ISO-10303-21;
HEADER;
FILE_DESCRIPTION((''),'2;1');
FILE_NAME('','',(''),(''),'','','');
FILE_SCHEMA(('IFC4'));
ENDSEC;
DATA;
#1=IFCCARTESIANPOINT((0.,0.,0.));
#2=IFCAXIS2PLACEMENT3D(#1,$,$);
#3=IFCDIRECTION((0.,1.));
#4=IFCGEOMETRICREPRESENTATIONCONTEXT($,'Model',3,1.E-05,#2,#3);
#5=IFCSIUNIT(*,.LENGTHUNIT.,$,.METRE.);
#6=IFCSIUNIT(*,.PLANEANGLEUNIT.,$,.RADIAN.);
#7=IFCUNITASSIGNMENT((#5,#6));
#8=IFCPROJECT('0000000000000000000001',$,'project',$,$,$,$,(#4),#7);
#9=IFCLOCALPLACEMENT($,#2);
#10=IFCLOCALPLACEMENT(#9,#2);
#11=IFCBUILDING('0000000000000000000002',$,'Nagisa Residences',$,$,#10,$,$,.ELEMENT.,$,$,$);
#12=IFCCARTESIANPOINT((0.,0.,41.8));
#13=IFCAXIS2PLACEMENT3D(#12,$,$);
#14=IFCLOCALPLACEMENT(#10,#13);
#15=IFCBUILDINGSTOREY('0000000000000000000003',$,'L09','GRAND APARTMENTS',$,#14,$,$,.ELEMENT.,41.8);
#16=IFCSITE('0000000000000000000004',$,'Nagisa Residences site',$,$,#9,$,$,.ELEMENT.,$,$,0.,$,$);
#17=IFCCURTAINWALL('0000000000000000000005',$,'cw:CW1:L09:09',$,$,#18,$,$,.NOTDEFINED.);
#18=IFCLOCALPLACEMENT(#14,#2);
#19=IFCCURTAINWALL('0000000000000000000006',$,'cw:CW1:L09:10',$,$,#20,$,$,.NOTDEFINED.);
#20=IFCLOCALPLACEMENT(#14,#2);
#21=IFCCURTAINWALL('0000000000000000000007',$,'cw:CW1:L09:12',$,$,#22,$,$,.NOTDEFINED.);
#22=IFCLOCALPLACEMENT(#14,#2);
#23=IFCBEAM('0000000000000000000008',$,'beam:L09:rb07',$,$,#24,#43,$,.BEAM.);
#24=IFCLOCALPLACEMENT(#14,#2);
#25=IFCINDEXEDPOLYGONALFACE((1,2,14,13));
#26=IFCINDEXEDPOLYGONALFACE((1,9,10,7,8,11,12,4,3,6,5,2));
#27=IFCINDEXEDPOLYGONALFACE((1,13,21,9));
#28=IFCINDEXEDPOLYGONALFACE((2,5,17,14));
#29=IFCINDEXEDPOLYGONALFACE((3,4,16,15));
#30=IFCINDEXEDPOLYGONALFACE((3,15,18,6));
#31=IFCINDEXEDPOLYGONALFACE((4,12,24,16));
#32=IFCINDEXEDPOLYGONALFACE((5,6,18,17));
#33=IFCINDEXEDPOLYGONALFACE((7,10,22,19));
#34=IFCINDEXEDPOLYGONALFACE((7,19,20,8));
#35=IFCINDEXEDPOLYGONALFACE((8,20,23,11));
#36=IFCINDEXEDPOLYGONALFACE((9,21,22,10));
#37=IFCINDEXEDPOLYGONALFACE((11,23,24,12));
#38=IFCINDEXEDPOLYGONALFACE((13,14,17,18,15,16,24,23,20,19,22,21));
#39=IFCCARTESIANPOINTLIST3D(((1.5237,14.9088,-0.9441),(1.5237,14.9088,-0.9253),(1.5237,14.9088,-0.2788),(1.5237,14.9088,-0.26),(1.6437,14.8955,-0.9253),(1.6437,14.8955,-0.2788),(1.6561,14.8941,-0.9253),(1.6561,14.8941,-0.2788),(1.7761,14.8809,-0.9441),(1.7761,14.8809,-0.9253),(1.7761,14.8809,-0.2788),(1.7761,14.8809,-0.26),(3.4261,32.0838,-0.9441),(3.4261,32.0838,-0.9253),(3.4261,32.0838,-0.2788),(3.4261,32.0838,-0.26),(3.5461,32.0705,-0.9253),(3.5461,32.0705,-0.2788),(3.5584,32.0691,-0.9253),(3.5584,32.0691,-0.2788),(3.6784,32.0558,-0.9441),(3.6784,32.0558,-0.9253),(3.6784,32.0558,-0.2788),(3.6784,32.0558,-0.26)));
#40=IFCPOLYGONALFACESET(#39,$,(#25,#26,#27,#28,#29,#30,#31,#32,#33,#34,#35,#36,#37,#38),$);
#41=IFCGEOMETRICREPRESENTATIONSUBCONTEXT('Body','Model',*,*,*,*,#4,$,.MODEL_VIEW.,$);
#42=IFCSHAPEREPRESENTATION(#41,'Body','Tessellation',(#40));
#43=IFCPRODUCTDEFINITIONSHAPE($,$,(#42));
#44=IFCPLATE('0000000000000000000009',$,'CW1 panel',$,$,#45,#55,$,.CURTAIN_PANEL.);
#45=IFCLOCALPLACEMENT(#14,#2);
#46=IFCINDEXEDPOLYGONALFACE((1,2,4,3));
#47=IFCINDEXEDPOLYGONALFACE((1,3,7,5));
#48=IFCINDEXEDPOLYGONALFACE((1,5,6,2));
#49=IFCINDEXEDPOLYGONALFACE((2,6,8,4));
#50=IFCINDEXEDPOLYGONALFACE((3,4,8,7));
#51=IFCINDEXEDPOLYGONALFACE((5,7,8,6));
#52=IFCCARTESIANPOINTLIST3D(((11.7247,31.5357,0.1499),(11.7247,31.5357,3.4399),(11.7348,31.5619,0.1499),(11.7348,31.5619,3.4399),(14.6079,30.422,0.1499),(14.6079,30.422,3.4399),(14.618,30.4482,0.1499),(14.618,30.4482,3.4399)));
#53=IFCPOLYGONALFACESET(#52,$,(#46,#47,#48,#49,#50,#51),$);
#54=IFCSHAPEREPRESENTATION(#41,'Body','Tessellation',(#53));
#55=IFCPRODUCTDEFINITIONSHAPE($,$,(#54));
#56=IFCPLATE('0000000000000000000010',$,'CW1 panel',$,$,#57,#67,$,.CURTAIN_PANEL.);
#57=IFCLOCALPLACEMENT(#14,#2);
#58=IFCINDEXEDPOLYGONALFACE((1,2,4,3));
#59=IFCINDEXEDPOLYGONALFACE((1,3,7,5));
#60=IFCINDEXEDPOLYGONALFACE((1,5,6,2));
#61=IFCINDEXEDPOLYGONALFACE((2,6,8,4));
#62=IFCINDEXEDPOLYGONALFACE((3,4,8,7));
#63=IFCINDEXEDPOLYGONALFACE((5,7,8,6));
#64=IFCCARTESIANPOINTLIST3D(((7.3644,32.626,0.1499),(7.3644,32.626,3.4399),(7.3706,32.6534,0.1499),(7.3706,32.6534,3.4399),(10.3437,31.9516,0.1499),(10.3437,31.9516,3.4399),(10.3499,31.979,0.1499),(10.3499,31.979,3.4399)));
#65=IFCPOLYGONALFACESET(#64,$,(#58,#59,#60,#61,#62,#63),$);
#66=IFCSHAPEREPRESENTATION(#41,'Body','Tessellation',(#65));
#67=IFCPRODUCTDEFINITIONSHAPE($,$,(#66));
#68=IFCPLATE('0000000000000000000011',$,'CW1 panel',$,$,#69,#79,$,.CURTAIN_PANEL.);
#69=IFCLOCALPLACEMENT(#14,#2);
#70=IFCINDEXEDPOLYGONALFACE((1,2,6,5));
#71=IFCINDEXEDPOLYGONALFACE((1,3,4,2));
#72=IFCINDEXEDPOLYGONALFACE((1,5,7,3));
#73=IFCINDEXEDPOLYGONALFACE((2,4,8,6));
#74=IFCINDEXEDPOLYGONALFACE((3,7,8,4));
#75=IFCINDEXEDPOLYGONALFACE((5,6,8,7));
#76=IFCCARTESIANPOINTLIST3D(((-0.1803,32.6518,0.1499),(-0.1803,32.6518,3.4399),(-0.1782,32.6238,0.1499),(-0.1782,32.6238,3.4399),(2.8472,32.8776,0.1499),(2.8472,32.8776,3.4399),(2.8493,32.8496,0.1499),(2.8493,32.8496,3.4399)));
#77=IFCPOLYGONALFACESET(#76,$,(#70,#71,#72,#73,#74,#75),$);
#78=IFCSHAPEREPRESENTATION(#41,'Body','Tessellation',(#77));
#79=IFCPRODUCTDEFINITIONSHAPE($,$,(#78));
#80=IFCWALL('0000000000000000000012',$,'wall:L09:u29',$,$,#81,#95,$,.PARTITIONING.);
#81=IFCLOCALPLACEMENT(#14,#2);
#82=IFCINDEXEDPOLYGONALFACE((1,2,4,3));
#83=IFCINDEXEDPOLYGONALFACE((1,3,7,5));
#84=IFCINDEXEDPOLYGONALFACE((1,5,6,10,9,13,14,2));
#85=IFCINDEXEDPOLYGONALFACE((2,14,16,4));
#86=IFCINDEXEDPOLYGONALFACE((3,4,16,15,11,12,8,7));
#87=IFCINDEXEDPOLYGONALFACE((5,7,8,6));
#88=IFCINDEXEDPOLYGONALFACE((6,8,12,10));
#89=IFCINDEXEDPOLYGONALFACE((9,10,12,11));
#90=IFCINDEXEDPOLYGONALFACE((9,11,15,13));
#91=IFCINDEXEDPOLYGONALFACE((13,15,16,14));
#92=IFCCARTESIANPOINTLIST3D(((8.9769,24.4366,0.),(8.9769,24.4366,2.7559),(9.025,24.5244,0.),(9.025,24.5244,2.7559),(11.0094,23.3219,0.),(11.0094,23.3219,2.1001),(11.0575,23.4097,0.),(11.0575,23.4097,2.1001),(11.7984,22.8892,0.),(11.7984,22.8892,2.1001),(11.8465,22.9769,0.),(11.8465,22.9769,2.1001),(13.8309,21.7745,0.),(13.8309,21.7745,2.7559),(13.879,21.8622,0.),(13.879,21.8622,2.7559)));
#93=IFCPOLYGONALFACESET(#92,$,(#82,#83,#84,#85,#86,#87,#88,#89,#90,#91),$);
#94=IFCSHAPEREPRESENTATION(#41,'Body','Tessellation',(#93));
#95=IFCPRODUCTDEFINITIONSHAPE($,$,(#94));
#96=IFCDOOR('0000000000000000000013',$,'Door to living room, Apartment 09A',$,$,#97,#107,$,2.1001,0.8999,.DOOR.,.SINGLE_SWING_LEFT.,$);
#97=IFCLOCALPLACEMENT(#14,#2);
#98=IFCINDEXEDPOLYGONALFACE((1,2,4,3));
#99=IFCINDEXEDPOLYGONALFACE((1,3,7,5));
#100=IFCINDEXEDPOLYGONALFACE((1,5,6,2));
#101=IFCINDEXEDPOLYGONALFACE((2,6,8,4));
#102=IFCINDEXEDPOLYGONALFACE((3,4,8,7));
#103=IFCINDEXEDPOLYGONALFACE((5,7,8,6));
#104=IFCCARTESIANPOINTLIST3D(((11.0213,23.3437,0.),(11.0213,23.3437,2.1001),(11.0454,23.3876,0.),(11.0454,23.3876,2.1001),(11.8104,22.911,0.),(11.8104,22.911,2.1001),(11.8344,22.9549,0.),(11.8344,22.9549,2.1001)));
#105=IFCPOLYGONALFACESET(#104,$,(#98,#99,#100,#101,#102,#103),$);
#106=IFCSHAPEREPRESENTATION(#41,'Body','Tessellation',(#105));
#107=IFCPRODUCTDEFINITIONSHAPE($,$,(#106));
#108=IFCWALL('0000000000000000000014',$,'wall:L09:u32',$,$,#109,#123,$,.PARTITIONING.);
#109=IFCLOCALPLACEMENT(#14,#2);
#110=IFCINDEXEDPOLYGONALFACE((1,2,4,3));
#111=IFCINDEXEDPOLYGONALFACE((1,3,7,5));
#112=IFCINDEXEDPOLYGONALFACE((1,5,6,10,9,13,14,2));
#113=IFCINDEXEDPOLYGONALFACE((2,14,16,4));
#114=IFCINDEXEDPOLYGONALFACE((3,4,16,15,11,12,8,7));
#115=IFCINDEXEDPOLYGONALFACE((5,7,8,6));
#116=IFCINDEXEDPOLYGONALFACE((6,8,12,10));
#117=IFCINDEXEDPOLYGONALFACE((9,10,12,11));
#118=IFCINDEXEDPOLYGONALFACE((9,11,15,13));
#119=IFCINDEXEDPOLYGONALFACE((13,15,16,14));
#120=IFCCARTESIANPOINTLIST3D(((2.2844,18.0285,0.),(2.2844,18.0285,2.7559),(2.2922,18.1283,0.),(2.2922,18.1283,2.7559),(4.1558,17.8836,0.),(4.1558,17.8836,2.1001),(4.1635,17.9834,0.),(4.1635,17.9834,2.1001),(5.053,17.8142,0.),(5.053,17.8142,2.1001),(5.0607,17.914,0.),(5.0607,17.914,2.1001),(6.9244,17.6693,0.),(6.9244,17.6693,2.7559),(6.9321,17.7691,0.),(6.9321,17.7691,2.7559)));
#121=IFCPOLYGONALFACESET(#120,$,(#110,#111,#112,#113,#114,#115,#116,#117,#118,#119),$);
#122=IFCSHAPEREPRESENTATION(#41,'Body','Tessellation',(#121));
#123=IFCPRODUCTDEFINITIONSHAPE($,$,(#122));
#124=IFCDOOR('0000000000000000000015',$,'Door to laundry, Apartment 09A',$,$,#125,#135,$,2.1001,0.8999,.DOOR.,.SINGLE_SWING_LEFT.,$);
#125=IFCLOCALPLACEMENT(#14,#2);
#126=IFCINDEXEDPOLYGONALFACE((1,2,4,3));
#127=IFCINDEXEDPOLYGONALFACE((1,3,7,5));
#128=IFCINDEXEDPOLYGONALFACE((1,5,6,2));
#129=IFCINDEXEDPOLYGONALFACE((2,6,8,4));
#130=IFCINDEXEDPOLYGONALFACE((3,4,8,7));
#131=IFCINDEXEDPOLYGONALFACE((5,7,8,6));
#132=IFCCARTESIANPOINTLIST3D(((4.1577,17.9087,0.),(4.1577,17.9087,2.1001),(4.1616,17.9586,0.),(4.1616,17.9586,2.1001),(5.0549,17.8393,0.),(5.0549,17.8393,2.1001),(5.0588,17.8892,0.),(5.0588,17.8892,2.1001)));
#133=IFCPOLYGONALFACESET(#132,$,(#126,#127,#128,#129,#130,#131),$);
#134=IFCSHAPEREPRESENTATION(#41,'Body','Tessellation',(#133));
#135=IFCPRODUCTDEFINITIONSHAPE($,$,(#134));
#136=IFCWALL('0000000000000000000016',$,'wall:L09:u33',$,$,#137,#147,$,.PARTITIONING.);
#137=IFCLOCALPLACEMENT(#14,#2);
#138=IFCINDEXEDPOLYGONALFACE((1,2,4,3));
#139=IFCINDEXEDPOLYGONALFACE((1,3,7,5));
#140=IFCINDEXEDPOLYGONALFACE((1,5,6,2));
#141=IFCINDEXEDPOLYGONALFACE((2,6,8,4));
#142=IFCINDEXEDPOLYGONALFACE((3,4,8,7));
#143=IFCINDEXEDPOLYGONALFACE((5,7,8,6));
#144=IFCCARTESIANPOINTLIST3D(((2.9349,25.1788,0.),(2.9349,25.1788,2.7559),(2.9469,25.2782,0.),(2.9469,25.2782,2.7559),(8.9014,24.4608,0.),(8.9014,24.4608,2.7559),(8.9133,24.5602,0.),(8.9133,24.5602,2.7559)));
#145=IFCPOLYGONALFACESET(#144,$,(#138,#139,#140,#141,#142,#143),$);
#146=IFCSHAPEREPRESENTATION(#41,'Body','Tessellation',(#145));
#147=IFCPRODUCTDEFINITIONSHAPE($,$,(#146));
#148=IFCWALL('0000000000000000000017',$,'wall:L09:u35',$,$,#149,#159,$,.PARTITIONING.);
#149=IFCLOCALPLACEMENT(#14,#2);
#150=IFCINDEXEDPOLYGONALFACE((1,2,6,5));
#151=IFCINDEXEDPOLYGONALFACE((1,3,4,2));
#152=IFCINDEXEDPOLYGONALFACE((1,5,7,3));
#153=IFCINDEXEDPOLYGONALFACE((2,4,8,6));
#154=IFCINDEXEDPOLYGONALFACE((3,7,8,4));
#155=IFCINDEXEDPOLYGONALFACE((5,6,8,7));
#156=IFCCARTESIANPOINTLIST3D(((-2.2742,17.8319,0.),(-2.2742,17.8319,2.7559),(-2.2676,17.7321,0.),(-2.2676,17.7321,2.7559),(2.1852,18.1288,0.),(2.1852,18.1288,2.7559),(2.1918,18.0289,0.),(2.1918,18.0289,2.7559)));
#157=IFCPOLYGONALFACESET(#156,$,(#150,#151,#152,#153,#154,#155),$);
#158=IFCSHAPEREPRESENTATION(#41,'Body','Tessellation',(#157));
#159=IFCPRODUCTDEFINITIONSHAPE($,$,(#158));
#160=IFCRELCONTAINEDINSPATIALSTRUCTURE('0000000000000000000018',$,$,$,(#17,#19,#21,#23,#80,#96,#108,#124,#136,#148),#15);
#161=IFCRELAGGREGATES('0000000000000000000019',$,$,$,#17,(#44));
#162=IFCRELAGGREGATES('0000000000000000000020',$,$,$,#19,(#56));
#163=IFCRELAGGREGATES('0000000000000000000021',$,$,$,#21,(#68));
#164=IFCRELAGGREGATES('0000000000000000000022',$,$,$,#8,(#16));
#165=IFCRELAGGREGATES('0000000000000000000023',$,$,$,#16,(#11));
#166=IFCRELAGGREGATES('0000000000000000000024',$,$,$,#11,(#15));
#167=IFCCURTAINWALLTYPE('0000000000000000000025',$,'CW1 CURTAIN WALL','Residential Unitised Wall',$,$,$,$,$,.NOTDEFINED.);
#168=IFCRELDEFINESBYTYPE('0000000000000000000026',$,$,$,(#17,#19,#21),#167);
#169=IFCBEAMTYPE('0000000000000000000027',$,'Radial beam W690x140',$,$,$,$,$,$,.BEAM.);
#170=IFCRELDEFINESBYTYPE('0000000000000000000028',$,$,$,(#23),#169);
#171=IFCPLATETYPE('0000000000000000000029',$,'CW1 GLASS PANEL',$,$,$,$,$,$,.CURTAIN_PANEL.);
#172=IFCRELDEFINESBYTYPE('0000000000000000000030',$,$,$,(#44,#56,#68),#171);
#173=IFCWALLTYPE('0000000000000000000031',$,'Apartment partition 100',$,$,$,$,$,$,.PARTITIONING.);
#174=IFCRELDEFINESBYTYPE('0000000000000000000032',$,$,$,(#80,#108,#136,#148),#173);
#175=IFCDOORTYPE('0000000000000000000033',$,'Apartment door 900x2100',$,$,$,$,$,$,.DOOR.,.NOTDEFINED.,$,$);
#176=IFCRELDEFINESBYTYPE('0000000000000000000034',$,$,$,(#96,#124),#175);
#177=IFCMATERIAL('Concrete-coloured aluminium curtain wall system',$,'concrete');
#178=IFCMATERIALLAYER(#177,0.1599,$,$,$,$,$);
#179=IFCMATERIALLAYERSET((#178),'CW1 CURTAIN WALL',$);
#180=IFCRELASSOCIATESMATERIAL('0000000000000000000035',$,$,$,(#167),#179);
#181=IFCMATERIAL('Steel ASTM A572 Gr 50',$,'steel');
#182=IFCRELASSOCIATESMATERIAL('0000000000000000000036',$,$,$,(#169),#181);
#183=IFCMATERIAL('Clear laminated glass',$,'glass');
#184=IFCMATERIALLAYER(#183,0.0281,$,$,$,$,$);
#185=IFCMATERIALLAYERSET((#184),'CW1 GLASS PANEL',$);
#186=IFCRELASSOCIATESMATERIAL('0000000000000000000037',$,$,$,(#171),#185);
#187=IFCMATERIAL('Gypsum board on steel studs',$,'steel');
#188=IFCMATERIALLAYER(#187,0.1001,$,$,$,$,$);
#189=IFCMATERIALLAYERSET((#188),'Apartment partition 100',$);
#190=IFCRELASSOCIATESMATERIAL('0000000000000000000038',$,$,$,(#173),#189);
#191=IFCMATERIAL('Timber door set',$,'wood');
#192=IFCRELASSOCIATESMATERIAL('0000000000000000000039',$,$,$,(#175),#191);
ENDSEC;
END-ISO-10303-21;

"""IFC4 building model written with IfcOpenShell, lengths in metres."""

from ifc_helpers import new_model, si_unit, direction, frame, frame_2d, origin, origin_2d, place, context, subcontext, project, spatial, rectangle, i_section, extrude, material, layer, layer_set, material_profile, profile_set, type_object, element, fill, aggregate, save


model = new_model("IFC4")

# Units and contexts
model_context = context("Model", 3, precision=1e-05, world=origin(), true_north=direction((0.0, 1.0)))
body_context = subcontext(model_context, "Body", "Model", "MODEL_VIEW")
ifc_project = project(units=[si_unit("LENGTHUNIT", "METRE"), si_unit("PLANEANGLEUNIT", "RADIAN")], contexts=[model_context])

# Site, building, storey
site_placement = place(None, origin())
site = spatial("IfcSite", under=ifc_project, at=site_placement, Name="Nagisa Residences site", CompositionType="ELEMENT", RefElevation=0.0)
building_placement = place(site_placement, origin())
building = spatial("IfcBuilding", under=site, at=building_placement, Name="Nagisa Residences", CompositionType="ELEMENT")
storey_placement = place(building_placement, frame((0.0, 0.0, 41.8)))
storey = spatial("IfcBuildingStorey", under=building, at=storey_placement, Name="L09", Description="GRAND APARTMENTS", CompositionType="ELEMENT", Elevation=41.8)

# Curtain walls
ifc_material_1 = material(Name="Concrete-coloured aluminium curtain wall system", Category="concrete")
ifc_layer_1 = layer(ifc_material_1, 0.1599)
ifc_layer_set_1 = layer_set([ifc_layer_1], Name="CW1 CURTAIN WALL")
curtain_wall_type = type_object("IfcCurtainWallType", Name="CW1 CURTAIN WALL", Description="Residential Unitised Wall", PredefinedType="NOTDEFINED", material=ifc_layer_set_1)
curtain_wall_1_placement = place(storey_placement, origin())
curtain_wall_1 = element("IfcCurtainWall", 1, at=curtain_wall_1_placement, inside=storey, type_object=curtain_wall_type, Name="cw:CW1:L09:09", PredefinedType="NOTDEFINED")
curtain_wall_2_placement = place(storey_placement, origin())
curtain_wall_2 = element("IfcCurtainWall", 2, at=curtain_wall_2_placement, inside=storey, type_object=curtain_wall_type, Name="cw:CW1:L09:10", PredefinedType="NOTDEFINED")
curtain_wall_3_placement = place(storey_placement, origin())
curtain_wall_3 = element("IfcCurtainWall", 3, at=curtain_wall_3_placement, inside=storey, type_object=curtain_wall_type, Name="cw:CW1:L09:12", PredefinedType="NOTDEFINED")

# Beam
ifc_material_2 = material(Name="Steel ASTM A572 Gr 50", Category="steel")
ifc_material_profile_1 = material_profile(ifc_material_2, i_section(OverallWidth=0.2539, OverallDepth=0.6841, WebThickness=0.0125, FlangeThickness=0.0188, at=origin_2d()), Name="W690x140")
ifc_profile_set_1 = profile_set([ifc_material_profile_1], Name="Steel ASTM A572 Gr 50")
beam_type_1 = type_object("IfcBeamType", Name="Radial beam W690x140", PredefinedType="BEAM", material=ifc_profile_set_1)
beam_1_placement = place(storey_placement, frame((3.5522, 32.0698, -0.6021), z_axis=(-0.110089, -0.993922, 0.0), x_axis=(0.993922, -0.110089, 0.0)))
element("IfcBeam", 4, at=beam_1_placement, inside=storey, type_object=beam_type_1, Name="beam:L09:rb07", PredefinedType="BEAM", context=body_context, shape_type="SweptSolid", body=[
    extrude(i_section(OverallWidth=0.2539, OverallDepth=0.6841, WebThickness=0.0125, FlangeThickness=0.0188, at=origin_2d()), origin(), (0.0, 0.0, 1.0), 17.28),
])

# Plates
ifc_material_3 = material(Name="Clear laminated glass", Category="glass")
ifc_layer_2 = layer(ifc_material_3, 0.0281)
ifc_layer_set_2 = layer_set([ifc_layer_2], Name="CW1 GLASS PANEL")
plate_type = type_object("IfcPlateType", Name="CW1 GLASS PANEL", PredefinedType="CURTAIN_PANEL", material=ifc_layer_set_2)
plate_1_placement = place(storey_placement, frame((13.1714, 30.9919, 0.1499), z_axis=(0.0, 0.0, 1.0), x_axis=(-0.932826, 0.360328, 0.0)))
plate_1 = element("IfcPlate", 5, at=plate_1_placement, type_object=plate_type, Name="CW1 panel", PredefinedType="CURTAIN_PANEL", context=body_context, shape_type="SweptSolid", body=[
    extrude(rectangle(XDim=3.0908, YDim=0.0281, at=origin_2d()), origin(), (0.0, 0.0, 1.0), 3.29),
])
aggregate(curtain_wall_1, [plate_1])
plate_2_placement = place(storey_placement, frame((8.8572, 32.3025, 0.1499), z_axis=(0.0, 0.0, 1.0), x_axis=(-0.975327, 0.220764, 0.0)))
plate_2 = element("IfcPlate", 6, at=plate_2_placement, type_object=plate_type, Name="CW1 panel", PredefinedType="CURTAIN_PANEL", context=body_context, shape_type="SweptSolid", body=[
    extrude(rectangle(XDim=3.0547, YDim=0.0281, at=origin_2d()), origin(), (0.0, 0.0, 1.0), 3.29),
])
aggregate(curtain_wall_2, [plate_2])
plate_3_placement = place(storey_placement, frame((1.3345, 32.7507, 0.1499), z_axis=(0.0, 0.0, 1.0), x_axis=(-0.99723, -0.074377, 0.0)))
plate_3 = element("IfcPlate", 7, at=plate_3_placement, type_object=plate_type, Name="CW1 panel", PredefinedType="CURTAIN_PANEL", context=body_context, shape_type="SweptSolid", body=[
    extrude(rectangle(XDim=3.0359, YDim=0.0281, at=origin_2d()), origin(), (0.0, 0.0, 1.0), 3.29),
])
aggregate(curtain_wall_3, [plate_3])

# Walls, openings, doors
ifc_material_4 = material(Name="Gypsum board on steel studs", Category="steel")
ifc_layer_3 = layer(ifc_material_4, 0.1001)
ifc_layer_set_3 = layer_set([ifc_layer_3], Name="Apartment partition 100")
wall_type_1 = type_object("IfcWallType", Name="Apartment partition 100", PredefinedType="PARTITIONING", material=ifc_layer_set_3)
wall_1_placement = place(storey_placement, frame((13.855, 21.8184, 0.0), z_axis=(0.0, 0.0, 1.0), x_axis=(-0.876794, 0.480865, 0.0)))
wall_1 = element("IfcWall", 8, at=wall_1_placement, inside=storey, type_object=wall_type_1, Name="wall:L09:u29", PredefinedType="PARTITIONING", context=body_context, shape_type="SweptSolid", body=[
    extrude(rectangle(XDim=5.5361, YDim=0.1001, at=frame_2d((2.7681, 0.0))), origin(), (0.0, 0.0, 1.0), 2.7559),
])
opening_1_placement = place(wall_1_placement, frame((2.3181, 0.0, 0.0)))
opening_1 = element("IfcOpeningElement", 9, at=opening_1_placement, cuts=wall_1, PredefinedType="OPENING", context=body_context, shape_type="SweptSolid", body=[
    extrude(rectangle(XDim=0.8999, YDim=2.1001, at=frame_2d((0.45, 1.05))), frame((0.0, 0.0601, 0.0), z_axis=(0.0, -1.0, 0.0), x_axis=(1.0, 0.0, 0.0)), (0.0, 0.0, 1.0), 0.1201),
])
ifc_material_5 = material(Name="Timber door set", Category="wood")
door_type_1 = type_object("IfcDoorType", Name="Apartment door 900x2100", OperationType="NOTDEFINED", PredefinedType="DOOR", material=ifc_material_5)
door_1_placement = place(opening_1_placement, frame((0.8999, 0.0, 0.0), x_axis=(-1.0, 0.0, 0.0)))
door_1 = element("IfcDoor", 10, at=door_1_placement, inside=storey, type_object=door_type_1, Name="Door to living room, Apartment 09A", OperationType="SINGLE_SWING_LEFT", OverallHeight=2.1001, OverallWidth=0.8999, PredefinedType="DOOR", context=body_context, shape_type="SweptSolid", body=[
    extrude(rectangle(XDim=0.8999, YDim=2.1001, at=frame_2d((0.45, 1.05))), frame((0.0, 0.0249, 0.0), z_axis=(0.0, -1.0, 0.0), x_axis=(1.0, 0.0, 0.0)), (0.0, 0.0, 1.0), 0.05),
])
fill(opening_1, door_1)
wall_2_placement = place(storey_placement, frame((6.9282, 17.7192, 0.0), z_axis=(0.0, 0.0, 1.0), x_axis=(-0.997018, 0.07717, 0.0)))
wall_2 = element("IfcWall", 11, at=wall_2_placement, inside=storey, type_object=wall_type_1, Name="wall:L09:u32", PredefinedType="PARTITIONING", context=body_context, shape_type="SweptSolid", body=[
    extrude(rectangle(XDim=4.6538, YDim=0.1001, at=frame_2d((2.3269, 0.0))), origin(), (0.0, 0.0, 1.0), 2.7559),
])
opening_2_placement = place(wall_2_placement, frame((1.877, 0.0, 0.0)))
opening_2 = element("IfcOpeningElement", 12, at=opening_2_placement, cuts=wall_2, PredefinedType="OPENING", context=body_context, shape_type="SweptSolid", body=[
    extrude(rectangle(XDim=0.8999, YDim=2.1001, at=frame_2d((0.45, 1.05))), frame((0.0, 0.0601, 0.0), z_axis=(0.0, -1.0, 0.0), x_axis=(1.0, 0.0, 0.0)), (0.0, 0.0, 1.0), 0.1201),
])
door_2_placement = place(opening_2_placement, origin())
door_2 = element("IfcDoor", 13, at=door_2_placement, inside=storey, type_object=door_type_1, Name="Door to laundry, Apartment 09A", OperationType="SINGLE_SWING_LEFT", OverallHeight=2.1001, OverallWidth=0.8999, PredefinedType="DOOR", context=body_context, shape_type="SweptSolid", body=[
    extrude(rectangle(XDim=0.8999, YDim=2.1001, at=frame_2d((0.45, 1.05))), frame((0.0, 0.0249, 0.0), z_axis=(0.0, -1.0, 0.0), x_axis=(1.0, 0.0, 0.0)), (0.0, 0.0, 1.0), 0.05),
])
fill(opening_2, door_2)

# Walls
wall_3_placement = place(storey_placement, frame((8.9075, 24.5105, 0.0), z_axis=(0.0, 0.0, 1.0), x_axis=(-0.992837, 0.119478, 0.0)))
element("IfcWall", 14, at=wall_3_placement, inside=storey, type_object=wall_type_1, Name="wall:L09:u33", PredefinedType="PARTITIONING", context=body_context, shape_type="SweptSolid", body=[
    extrude(rectangle(XDim=6.0095, YDim=0.1001, at=frame_2d((3.0049, 0.0))), origin(), (0.0, 0.0, 1.0), 2.7559),
])
wall_4_placement = place(storey_placement, frame((2.1885, 18.0789, 0.0), z_axis=(0.0, 0.0, 1.0), x_axis=(-0.997791, -0.066425, 0.0)))
element("IfcWall", 15, at=wall_4_placement, inside=storey, type_object=wall_type_1, Name="wall:L09:u35", PredefinedType="PARTITIONING", context=body_context, shape_type="SweptSolid", body=[
    extrude(rectangle(XDim=4.4692, YDim=0.1001, at=frame_2d((2.2346, 0.0))), origin(), (0.0, 0.0, 1.0), 2.7559),
])

save(model, "model.ifc")
